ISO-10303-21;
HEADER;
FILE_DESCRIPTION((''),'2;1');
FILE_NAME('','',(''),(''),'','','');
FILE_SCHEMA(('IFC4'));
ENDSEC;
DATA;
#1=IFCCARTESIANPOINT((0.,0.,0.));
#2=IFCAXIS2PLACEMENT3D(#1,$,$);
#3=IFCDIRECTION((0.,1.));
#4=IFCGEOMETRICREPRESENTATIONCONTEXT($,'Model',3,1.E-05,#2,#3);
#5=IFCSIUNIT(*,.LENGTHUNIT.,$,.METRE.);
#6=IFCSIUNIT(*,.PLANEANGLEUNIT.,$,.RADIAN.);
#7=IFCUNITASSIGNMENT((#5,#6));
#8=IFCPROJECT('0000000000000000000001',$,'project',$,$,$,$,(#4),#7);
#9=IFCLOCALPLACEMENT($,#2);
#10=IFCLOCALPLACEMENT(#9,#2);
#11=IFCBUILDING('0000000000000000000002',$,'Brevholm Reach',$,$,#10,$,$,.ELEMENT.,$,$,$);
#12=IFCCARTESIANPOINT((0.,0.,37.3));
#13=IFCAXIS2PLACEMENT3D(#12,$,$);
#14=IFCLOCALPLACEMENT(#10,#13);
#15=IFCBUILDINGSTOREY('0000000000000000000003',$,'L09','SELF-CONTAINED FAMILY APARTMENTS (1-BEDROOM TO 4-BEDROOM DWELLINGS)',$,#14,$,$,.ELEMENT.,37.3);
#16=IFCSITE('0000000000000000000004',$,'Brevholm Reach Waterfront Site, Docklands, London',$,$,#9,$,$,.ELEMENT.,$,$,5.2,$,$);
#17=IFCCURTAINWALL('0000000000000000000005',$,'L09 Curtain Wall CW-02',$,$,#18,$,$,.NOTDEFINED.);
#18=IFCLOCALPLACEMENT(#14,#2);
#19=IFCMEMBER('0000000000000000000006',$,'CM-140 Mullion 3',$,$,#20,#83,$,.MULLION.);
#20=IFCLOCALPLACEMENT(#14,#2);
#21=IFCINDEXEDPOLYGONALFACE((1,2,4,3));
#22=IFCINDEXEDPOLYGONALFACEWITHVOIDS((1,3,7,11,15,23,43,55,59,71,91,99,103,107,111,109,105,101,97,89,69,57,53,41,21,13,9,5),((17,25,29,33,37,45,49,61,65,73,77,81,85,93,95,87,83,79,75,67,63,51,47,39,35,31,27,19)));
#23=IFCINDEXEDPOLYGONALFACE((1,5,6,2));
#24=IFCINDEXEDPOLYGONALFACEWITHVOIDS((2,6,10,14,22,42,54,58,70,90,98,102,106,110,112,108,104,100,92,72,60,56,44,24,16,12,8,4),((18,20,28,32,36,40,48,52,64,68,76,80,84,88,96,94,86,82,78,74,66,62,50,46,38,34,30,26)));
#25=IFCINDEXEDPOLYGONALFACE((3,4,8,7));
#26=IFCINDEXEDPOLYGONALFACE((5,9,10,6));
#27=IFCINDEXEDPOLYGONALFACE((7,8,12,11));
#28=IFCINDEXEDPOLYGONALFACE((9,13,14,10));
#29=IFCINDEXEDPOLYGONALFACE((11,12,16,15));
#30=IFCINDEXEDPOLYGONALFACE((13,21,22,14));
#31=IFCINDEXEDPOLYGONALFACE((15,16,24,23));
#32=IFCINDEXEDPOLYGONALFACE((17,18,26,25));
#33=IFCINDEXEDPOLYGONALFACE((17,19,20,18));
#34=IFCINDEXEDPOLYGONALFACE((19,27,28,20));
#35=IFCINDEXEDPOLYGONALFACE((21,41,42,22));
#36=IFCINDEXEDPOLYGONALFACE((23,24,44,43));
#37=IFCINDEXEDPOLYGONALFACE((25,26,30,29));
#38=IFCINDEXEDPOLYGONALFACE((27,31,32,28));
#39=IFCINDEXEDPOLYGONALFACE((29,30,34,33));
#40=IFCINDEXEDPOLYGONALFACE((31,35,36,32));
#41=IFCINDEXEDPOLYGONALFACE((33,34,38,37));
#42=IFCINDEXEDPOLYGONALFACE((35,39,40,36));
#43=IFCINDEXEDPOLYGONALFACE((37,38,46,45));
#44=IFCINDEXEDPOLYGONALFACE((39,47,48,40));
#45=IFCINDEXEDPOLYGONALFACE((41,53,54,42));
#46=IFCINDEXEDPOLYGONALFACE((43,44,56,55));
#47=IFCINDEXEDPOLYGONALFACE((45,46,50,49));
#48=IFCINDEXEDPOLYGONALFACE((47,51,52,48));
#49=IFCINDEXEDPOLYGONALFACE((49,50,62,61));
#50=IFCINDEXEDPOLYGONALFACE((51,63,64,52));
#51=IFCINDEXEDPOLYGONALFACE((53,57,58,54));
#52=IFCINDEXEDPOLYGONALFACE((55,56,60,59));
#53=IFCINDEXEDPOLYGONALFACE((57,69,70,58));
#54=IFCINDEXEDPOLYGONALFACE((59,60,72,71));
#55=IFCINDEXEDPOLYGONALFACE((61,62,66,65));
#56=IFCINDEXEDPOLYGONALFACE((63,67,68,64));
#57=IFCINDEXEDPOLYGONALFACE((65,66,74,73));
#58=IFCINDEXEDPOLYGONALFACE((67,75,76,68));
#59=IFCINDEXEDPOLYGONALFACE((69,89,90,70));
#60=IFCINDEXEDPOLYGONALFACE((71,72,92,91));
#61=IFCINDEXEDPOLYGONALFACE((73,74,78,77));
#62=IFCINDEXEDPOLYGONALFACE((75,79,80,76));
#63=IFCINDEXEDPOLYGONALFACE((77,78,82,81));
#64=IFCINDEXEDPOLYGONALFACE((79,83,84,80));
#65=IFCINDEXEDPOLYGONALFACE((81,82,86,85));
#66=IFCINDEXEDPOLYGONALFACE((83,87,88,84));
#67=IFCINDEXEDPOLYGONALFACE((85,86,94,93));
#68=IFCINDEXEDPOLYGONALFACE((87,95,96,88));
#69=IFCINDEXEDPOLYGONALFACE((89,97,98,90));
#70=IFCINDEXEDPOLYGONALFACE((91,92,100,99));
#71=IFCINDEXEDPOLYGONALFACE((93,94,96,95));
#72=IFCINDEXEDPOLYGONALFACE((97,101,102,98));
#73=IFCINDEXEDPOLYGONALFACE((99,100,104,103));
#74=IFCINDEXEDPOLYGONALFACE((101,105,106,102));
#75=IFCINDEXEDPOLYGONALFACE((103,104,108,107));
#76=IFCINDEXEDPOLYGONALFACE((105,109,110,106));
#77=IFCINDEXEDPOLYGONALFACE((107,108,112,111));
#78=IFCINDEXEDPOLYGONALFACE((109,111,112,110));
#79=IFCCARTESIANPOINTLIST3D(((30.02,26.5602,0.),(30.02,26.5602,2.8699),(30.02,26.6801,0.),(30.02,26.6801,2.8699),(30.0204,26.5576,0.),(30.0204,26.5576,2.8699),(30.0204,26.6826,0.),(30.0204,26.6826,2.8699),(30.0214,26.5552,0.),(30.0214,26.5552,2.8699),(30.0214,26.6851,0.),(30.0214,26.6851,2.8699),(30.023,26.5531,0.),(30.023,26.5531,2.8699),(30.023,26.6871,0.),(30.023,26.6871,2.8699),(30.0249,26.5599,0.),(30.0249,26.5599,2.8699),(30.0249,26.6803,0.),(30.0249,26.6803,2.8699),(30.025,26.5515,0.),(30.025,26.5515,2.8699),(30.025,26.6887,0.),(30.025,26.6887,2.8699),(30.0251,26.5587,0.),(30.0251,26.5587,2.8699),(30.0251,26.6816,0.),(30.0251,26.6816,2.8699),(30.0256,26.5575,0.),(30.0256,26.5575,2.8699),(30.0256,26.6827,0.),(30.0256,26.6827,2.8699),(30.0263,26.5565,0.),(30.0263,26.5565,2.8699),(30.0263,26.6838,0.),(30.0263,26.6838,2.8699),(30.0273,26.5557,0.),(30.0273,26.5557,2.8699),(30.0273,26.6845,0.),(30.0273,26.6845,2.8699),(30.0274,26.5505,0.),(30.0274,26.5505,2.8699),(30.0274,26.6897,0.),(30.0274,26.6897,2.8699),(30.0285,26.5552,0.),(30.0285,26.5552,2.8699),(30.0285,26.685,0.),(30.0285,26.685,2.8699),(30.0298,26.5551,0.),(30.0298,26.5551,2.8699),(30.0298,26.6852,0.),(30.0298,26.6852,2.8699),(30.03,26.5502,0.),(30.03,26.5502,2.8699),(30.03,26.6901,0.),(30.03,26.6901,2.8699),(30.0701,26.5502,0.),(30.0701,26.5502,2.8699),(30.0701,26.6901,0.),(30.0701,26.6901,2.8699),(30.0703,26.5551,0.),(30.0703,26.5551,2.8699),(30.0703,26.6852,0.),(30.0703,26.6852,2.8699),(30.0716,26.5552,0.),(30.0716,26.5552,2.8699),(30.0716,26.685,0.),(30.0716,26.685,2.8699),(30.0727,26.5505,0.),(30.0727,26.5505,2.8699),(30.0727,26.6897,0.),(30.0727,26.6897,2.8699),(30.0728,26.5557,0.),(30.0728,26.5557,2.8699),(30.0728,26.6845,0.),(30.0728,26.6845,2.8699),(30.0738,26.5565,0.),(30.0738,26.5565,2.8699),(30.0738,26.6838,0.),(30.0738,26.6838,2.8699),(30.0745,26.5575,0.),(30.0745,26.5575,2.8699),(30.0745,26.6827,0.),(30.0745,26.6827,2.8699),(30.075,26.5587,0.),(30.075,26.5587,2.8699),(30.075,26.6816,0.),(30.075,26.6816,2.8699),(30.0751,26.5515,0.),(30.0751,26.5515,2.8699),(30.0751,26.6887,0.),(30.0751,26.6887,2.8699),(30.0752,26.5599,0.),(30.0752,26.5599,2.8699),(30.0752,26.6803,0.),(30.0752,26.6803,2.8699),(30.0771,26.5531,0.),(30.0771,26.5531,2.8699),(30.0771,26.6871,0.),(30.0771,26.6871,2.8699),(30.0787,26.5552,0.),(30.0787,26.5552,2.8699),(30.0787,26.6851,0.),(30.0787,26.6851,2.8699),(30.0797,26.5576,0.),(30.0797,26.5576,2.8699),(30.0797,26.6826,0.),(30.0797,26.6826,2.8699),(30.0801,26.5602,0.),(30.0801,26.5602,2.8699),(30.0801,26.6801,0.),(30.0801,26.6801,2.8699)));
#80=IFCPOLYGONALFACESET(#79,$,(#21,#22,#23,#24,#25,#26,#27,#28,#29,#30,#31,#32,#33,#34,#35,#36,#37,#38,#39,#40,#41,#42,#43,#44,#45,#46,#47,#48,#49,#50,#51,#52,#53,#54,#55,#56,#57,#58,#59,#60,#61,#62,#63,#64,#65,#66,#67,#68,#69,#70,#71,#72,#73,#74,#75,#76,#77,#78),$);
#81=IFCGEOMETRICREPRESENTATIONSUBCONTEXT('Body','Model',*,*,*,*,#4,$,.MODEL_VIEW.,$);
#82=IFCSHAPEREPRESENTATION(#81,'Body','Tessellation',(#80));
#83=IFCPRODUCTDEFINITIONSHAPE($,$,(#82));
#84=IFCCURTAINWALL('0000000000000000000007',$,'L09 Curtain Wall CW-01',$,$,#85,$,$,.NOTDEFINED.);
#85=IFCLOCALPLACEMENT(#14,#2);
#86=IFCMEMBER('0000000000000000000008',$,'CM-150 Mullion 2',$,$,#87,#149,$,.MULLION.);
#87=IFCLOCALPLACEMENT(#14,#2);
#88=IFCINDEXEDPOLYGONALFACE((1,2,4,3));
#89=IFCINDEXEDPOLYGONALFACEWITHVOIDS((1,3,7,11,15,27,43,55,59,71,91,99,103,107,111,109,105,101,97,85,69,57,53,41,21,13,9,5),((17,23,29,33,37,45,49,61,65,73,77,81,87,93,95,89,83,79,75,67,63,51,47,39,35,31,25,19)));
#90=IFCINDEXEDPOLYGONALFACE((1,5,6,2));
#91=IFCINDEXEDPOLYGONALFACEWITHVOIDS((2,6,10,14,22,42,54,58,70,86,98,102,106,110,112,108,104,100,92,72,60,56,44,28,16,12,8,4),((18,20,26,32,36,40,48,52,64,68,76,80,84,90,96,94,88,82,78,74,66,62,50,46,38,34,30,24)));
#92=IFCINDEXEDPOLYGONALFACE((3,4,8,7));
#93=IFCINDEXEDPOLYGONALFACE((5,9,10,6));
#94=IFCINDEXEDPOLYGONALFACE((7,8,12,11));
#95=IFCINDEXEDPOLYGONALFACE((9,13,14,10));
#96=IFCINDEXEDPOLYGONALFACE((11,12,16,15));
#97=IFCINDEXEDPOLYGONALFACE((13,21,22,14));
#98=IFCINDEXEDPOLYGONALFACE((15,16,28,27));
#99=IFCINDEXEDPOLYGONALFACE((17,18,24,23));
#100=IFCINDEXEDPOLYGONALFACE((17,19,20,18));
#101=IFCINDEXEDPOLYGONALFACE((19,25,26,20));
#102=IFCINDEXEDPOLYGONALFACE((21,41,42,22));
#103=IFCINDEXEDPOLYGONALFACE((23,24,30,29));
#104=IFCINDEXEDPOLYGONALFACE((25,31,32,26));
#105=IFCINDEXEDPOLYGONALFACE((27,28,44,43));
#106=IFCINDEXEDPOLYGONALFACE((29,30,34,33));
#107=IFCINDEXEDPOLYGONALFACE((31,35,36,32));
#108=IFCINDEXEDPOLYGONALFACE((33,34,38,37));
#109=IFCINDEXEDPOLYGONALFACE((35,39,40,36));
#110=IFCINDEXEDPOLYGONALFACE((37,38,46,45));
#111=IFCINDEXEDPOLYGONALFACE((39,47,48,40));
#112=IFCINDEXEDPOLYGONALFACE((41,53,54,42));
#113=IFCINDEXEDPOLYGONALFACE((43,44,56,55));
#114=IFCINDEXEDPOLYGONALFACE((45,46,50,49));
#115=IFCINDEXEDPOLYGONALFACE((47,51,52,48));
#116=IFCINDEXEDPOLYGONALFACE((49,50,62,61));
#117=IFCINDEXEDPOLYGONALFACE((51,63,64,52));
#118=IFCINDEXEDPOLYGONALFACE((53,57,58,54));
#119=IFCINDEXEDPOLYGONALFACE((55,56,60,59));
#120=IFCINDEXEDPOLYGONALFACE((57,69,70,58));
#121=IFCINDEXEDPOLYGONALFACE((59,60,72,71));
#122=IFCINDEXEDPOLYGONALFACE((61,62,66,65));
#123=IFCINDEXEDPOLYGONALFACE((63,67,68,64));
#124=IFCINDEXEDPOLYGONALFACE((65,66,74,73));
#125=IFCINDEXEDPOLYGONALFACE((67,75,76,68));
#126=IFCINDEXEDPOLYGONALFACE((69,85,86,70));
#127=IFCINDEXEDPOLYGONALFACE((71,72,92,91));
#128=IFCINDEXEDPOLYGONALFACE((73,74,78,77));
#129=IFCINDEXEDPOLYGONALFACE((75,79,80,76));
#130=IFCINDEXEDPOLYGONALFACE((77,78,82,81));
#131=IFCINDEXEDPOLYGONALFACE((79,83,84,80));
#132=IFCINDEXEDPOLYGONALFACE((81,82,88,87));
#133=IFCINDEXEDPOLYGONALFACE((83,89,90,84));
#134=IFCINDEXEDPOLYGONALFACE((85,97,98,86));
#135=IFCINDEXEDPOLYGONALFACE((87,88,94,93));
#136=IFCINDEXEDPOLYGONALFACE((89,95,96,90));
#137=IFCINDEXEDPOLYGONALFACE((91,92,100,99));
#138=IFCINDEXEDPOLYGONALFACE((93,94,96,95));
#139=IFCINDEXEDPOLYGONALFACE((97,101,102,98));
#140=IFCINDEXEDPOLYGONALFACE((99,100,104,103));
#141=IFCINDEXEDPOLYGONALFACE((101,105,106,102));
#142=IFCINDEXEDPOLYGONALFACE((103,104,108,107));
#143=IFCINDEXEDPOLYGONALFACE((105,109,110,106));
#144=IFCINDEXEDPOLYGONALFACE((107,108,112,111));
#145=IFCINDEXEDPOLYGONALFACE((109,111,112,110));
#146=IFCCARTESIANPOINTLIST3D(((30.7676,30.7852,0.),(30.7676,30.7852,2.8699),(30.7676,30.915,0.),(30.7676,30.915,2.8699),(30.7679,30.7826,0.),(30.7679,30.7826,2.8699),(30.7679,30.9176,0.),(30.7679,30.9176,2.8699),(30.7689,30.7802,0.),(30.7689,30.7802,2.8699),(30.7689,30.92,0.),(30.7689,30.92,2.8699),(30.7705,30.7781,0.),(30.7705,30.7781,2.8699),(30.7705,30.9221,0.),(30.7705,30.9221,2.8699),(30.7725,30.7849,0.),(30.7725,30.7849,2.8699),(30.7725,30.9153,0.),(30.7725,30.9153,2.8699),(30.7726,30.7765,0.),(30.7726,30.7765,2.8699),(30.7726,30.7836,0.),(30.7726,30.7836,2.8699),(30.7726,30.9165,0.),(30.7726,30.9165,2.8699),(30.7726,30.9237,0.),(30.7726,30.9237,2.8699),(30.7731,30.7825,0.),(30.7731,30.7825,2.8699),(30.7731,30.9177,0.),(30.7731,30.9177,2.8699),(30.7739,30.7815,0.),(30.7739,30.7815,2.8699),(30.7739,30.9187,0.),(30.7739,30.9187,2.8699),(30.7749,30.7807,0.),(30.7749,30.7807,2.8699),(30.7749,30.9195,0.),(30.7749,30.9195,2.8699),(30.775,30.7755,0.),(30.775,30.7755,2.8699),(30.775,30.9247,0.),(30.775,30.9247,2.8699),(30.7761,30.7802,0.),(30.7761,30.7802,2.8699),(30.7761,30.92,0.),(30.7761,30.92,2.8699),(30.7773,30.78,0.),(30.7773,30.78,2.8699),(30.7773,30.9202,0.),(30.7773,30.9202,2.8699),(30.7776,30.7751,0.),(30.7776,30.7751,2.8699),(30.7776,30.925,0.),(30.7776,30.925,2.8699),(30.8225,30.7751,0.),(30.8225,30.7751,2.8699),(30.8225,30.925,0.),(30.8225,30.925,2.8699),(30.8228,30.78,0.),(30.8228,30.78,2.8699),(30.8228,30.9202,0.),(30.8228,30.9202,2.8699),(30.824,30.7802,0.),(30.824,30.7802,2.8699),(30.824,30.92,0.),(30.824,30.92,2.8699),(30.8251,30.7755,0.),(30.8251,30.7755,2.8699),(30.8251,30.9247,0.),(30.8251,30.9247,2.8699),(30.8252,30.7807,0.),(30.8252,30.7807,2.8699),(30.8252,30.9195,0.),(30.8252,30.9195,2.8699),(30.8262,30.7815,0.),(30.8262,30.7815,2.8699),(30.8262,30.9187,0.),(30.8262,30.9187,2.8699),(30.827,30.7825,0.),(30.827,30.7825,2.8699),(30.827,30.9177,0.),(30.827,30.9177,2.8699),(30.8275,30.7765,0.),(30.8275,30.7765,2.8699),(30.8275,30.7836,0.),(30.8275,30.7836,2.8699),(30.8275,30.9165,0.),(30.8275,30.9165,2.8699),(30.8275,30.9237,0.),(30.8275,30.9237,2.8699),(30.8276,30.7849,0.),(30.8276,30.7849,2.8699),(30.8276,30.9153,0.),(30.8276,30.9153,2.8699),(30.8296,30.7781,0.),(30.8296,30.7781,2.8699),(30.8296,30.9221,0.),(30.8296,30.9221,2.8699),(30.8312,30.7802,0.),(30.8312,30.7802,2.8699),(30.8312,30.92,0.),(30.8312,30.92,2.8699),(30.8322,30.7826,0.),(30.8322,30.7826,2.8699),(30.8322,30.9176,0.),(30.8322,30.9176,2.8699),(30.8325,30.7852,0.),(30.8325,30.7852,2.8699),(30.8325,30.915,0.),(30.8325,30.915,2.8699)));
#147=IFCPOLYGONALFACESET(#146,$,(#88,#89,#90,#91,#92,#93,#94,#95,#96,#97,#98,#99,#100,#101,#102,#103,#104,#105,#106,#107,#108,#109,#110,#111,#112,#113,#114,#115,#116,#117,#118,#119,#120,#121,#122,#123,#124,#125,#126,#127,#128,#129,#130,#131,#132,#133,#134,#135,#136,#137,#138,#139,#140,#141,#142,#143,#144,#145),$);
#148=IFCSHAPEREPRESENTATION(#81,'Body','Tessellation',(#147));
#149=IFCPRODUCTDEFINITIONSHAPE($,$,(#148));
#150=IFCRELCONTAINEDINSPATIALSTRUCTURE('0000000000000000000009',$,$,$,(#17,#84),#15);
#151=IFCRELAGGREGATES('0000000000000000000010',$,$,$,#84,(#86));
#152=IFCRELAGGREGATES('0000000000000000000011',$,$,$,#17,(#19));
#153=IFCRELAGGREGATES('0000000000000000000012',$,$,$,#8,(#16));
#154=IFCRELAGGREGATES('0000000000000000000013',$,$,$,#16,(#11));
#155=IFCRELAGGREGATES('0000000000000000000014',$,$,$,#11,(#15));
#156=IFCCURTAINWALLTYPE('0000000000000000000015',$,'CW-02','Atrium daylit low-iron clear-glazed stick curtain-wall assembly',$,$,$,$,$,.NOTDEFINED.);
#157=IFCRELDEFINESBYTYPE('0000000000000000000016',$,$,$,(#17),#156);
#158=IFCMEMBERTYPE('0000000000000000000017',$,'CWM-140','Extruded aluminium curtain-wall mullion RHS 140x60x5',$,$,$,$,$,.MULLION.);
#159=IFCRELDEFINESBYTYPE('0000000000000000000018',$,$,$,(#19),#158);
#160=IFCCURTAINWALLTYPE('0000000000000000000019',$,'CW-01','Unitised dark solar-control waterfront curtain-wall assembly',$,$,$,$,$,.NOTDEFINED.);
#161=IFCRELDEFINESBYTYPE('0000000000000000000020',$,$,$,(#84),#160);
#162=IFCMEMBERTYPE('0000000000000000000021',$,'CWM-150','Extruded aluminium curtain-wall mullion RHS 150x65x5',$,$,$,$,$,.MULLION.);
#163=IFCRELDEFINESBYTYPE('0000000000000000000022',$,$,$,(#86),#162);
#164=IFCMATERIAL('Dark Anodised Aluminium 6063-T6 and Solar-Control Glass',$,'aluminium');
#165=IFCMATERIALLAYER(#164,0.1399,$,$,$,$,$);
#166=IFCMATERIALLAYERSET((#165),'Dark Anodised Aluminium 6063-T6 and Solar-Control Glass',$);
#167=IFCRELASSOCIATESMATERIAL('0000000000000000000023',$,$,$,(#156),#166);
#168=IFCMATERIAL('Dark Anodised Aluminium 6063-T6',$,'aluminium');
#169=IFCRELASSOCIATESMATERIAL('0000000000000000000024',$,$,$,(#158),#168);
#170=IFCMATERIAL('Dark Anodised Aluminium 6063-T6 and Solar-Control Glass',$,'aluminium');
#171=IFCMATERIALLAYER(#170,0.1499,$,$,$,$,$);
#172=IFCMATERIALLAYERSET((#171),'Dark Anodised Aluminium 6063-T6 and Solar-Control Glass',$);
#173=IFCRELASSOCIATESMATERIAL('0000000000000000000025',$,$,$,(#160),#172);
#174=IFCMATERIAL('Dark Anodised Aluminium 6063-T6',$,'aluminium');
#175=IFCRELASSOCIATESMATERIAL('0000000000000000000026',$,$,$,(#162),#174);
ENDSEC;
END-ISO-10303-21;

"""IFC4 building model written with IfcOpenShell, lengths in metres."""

from ifc_helpers import new_model, si_unit, direction, frame, origin, origin_2d, place, context, subcontext, project, spatial, hollow_rectangle, extrude, material, layer, layer_set, material_profile, profile_set, type_object, element, aggregate, save


model = new_model("IFC4")

# Units and contexts
model_context = context("Model", 3, precision=1e-05, world=origin(), true_north=direction((0.0, 1.0)))
body_context = subcontext(model_context, "Body", "Model", "MODEL_VIEW")
ifc_project = project(units=[si_unit("LENGTHUNIT", "METRE"), si_unit("PLANEANGLEUNIT", "RADIAN")], contexts=[model_context])

# Site, building, storey
site_placement = place(None, origin())
site = spatial("IfcSite", under=ifc_project, at=site_placement, Name="Brevholm Reach Waterfront Site, Docklands, London", CompositionType="ELEMENT", RefElevation=5.2)
building_placement = place(site_placement, origin())
building = spatial("IfcBuilding", under=site, at=building_placement, Name="Brevholm Reach", CompositionType="ELEMENT")
storey_placement = place(building_placement, frame((0.0, 0.0, 37.3)))
storey = spatial("IfcBuildingStorey", under=building, at=storey_placement, Name="L09", Description="SELF-CONTAINED FAMILY APARTMENTS (1-BEDROOM TO 4-BEDROOM DWELLINGS)", CompositionType="ELEMENT", Elevation=37.3)

# Curtain walls, members
ifc_material_1 = material(Name="Dark Anodised Aluminium 6063-T6 and Solar-Control Glass", Category="aluminium")
ifc_layer_1 = layer(ifc_material_1, 0.1399)
ifc_layer_set_1 = layer_set([ifc_layer_1], Name="Dark Anodised Aluminium 6063-T6 and Solar-Control Glass")
curtain_wall_type_1 = type_object("IfcCurtainWallType", Name="CW-02", Description="Atrium daylit low-iron clear-glazed stick curtain-wall assembly", PredefinedType="NOTDEFINED", material=ifc_layer_set_1)
curtain_wall_1_placement = place(storey_placement, origin())
curtain_wall_1 = element("IfcCurtainWall", 1, at=curtain_wall_1_placement, inside=storey, type_object=curtain_wall_type_1, Name="L09 Curtain Wall CW-02", PredefinedType="NOTDEFINED")
ifc_material_2 = material(Name="Dark Anodised Aluminium 6063-T6", Category="aluminium")
ifc_material_profile_1 = material_profile(ifc_material_2, hollow_rectangle(XDim=0.0601, YDim=0.1399, WallThickness=0.0049, InnerFilletRadius=0.0049, OuterFilletRadius=0.01, at=origin_2d()), Name="RHS 140x60x5")
ifc_profile_set_1 = profile_set([ifc_material_profile_1], Name="Dark Anodised Aluminium 6063-T6")
member_type_1 = type_object("IfcMemberType", Name="CWM-140", Description="Extruded aluminium curtain-wall mullion RHS 140x60x5", PredefinedType="MULLION", material=ifc_profile_set_1)
member_1_placement = place(storey_placement, frame((30.05, 26.6201, 0.0), z_axis=(0.0, 0.0, 1.0), x_axis=(-1.0, 0.0, 0.0)))
member_1 = element("IfcMember", 2, at=member_1_placement, type_object=member_type_1, Name="CM-140 Mullion 3", PredefinedType="MULLION", context=body_context, shape_type="SweptSolid", body=[
    extrude(hollow_rectangle(XDim=0.0601, YDim=0.1399, WallThickness=0.0049, InnerFilletRadius=0.0049, OuterFilletRadius=0.01, at=origin_2d()), origin(), (0.0, 0.0, 1.0), 2.8699),
])
ifc_material_3 = material(Name="Dark Anodised Aluminium 6063-T6 and Solar-Control Glass", Category="aluminium")
ifc_layer_2 = layer(ifc_material_3, 0.1499)
ifc_layer_set_2 = layer_set([ifc_layer_2], Name="Dark Anodised Aluminium 6063-T6 and Solar-Control Glass")
curtain_wall_type_2 = type_object("IfcCurtainWallType", Name="CW-01", Description="Unitised dark solar-control waterfront curtain-wall assembly", PredefinedType="NOTDEFINED", material=ifc_layer_set_2)
curtain_wall_2_placement = place(storey_placement, origin())
curtain_wall_2 = element("IfcCurtainWall", 3, at=curtain_wall_2_placement, inside=storey, type_object=curtain_wall_type_2, Name="L09 Curtain Wall CW-01", PredefinedType="NOTDEFINED")
ifc_material_4 = material(Name="Dark Anodised Aluminium 6063-T6", Category="aluminium")
ifc_material_profile_2 = material_profile(ifc_material_4, hollow_rectangle(XDim=0.0649, YDim=0.1499, WallThickness=0.0049, InnerFilletRadius=0.0049, OuterFilletRadius=0.01, at=origin_2d()), Name="RHS 150x65x5")
ifc_profile_set_2 = profile_set([ifc_material_profile_2], Name="Dark Anodised Aluminium 6063-T6")
member_type_2 = type_object("IfcMemberType", Name="CWM-150", Description="Extruded aluminium curtain-wall mullion RHS 150x65x5", PredefinedType="MULLION", material=ifc_profile_set_2)
member_2_placement = place(storey_placement, frame((30.8, 30.8501, 0.0), z_axis=(0.0, 0.0, 1.0), x_axis=(1.0, 0.0, 0.0)))
member_2 = element("IfcMember", 4, at=member_2_placement, type_object=member_type_2, Name="CM-150 Mullion 2", PredefinedType="MULLION", context=body_context, shape_type="SweptSolid", body=[
    extrude(hollow_rectangle(XDim=0.0649, YDim=0.1499, WallThickness=0.0049, InnerFilletRadius=0.0049, OuterFilletRadius=0.01, at=origin_2d()), origin(), (0.0, 0.0, 1.0), 2.8699),
])

aggregate(curtain_wall_2, [member_2])
aggregate(curtain_wall_1, [member_1])

save(model, "model.ifc")
